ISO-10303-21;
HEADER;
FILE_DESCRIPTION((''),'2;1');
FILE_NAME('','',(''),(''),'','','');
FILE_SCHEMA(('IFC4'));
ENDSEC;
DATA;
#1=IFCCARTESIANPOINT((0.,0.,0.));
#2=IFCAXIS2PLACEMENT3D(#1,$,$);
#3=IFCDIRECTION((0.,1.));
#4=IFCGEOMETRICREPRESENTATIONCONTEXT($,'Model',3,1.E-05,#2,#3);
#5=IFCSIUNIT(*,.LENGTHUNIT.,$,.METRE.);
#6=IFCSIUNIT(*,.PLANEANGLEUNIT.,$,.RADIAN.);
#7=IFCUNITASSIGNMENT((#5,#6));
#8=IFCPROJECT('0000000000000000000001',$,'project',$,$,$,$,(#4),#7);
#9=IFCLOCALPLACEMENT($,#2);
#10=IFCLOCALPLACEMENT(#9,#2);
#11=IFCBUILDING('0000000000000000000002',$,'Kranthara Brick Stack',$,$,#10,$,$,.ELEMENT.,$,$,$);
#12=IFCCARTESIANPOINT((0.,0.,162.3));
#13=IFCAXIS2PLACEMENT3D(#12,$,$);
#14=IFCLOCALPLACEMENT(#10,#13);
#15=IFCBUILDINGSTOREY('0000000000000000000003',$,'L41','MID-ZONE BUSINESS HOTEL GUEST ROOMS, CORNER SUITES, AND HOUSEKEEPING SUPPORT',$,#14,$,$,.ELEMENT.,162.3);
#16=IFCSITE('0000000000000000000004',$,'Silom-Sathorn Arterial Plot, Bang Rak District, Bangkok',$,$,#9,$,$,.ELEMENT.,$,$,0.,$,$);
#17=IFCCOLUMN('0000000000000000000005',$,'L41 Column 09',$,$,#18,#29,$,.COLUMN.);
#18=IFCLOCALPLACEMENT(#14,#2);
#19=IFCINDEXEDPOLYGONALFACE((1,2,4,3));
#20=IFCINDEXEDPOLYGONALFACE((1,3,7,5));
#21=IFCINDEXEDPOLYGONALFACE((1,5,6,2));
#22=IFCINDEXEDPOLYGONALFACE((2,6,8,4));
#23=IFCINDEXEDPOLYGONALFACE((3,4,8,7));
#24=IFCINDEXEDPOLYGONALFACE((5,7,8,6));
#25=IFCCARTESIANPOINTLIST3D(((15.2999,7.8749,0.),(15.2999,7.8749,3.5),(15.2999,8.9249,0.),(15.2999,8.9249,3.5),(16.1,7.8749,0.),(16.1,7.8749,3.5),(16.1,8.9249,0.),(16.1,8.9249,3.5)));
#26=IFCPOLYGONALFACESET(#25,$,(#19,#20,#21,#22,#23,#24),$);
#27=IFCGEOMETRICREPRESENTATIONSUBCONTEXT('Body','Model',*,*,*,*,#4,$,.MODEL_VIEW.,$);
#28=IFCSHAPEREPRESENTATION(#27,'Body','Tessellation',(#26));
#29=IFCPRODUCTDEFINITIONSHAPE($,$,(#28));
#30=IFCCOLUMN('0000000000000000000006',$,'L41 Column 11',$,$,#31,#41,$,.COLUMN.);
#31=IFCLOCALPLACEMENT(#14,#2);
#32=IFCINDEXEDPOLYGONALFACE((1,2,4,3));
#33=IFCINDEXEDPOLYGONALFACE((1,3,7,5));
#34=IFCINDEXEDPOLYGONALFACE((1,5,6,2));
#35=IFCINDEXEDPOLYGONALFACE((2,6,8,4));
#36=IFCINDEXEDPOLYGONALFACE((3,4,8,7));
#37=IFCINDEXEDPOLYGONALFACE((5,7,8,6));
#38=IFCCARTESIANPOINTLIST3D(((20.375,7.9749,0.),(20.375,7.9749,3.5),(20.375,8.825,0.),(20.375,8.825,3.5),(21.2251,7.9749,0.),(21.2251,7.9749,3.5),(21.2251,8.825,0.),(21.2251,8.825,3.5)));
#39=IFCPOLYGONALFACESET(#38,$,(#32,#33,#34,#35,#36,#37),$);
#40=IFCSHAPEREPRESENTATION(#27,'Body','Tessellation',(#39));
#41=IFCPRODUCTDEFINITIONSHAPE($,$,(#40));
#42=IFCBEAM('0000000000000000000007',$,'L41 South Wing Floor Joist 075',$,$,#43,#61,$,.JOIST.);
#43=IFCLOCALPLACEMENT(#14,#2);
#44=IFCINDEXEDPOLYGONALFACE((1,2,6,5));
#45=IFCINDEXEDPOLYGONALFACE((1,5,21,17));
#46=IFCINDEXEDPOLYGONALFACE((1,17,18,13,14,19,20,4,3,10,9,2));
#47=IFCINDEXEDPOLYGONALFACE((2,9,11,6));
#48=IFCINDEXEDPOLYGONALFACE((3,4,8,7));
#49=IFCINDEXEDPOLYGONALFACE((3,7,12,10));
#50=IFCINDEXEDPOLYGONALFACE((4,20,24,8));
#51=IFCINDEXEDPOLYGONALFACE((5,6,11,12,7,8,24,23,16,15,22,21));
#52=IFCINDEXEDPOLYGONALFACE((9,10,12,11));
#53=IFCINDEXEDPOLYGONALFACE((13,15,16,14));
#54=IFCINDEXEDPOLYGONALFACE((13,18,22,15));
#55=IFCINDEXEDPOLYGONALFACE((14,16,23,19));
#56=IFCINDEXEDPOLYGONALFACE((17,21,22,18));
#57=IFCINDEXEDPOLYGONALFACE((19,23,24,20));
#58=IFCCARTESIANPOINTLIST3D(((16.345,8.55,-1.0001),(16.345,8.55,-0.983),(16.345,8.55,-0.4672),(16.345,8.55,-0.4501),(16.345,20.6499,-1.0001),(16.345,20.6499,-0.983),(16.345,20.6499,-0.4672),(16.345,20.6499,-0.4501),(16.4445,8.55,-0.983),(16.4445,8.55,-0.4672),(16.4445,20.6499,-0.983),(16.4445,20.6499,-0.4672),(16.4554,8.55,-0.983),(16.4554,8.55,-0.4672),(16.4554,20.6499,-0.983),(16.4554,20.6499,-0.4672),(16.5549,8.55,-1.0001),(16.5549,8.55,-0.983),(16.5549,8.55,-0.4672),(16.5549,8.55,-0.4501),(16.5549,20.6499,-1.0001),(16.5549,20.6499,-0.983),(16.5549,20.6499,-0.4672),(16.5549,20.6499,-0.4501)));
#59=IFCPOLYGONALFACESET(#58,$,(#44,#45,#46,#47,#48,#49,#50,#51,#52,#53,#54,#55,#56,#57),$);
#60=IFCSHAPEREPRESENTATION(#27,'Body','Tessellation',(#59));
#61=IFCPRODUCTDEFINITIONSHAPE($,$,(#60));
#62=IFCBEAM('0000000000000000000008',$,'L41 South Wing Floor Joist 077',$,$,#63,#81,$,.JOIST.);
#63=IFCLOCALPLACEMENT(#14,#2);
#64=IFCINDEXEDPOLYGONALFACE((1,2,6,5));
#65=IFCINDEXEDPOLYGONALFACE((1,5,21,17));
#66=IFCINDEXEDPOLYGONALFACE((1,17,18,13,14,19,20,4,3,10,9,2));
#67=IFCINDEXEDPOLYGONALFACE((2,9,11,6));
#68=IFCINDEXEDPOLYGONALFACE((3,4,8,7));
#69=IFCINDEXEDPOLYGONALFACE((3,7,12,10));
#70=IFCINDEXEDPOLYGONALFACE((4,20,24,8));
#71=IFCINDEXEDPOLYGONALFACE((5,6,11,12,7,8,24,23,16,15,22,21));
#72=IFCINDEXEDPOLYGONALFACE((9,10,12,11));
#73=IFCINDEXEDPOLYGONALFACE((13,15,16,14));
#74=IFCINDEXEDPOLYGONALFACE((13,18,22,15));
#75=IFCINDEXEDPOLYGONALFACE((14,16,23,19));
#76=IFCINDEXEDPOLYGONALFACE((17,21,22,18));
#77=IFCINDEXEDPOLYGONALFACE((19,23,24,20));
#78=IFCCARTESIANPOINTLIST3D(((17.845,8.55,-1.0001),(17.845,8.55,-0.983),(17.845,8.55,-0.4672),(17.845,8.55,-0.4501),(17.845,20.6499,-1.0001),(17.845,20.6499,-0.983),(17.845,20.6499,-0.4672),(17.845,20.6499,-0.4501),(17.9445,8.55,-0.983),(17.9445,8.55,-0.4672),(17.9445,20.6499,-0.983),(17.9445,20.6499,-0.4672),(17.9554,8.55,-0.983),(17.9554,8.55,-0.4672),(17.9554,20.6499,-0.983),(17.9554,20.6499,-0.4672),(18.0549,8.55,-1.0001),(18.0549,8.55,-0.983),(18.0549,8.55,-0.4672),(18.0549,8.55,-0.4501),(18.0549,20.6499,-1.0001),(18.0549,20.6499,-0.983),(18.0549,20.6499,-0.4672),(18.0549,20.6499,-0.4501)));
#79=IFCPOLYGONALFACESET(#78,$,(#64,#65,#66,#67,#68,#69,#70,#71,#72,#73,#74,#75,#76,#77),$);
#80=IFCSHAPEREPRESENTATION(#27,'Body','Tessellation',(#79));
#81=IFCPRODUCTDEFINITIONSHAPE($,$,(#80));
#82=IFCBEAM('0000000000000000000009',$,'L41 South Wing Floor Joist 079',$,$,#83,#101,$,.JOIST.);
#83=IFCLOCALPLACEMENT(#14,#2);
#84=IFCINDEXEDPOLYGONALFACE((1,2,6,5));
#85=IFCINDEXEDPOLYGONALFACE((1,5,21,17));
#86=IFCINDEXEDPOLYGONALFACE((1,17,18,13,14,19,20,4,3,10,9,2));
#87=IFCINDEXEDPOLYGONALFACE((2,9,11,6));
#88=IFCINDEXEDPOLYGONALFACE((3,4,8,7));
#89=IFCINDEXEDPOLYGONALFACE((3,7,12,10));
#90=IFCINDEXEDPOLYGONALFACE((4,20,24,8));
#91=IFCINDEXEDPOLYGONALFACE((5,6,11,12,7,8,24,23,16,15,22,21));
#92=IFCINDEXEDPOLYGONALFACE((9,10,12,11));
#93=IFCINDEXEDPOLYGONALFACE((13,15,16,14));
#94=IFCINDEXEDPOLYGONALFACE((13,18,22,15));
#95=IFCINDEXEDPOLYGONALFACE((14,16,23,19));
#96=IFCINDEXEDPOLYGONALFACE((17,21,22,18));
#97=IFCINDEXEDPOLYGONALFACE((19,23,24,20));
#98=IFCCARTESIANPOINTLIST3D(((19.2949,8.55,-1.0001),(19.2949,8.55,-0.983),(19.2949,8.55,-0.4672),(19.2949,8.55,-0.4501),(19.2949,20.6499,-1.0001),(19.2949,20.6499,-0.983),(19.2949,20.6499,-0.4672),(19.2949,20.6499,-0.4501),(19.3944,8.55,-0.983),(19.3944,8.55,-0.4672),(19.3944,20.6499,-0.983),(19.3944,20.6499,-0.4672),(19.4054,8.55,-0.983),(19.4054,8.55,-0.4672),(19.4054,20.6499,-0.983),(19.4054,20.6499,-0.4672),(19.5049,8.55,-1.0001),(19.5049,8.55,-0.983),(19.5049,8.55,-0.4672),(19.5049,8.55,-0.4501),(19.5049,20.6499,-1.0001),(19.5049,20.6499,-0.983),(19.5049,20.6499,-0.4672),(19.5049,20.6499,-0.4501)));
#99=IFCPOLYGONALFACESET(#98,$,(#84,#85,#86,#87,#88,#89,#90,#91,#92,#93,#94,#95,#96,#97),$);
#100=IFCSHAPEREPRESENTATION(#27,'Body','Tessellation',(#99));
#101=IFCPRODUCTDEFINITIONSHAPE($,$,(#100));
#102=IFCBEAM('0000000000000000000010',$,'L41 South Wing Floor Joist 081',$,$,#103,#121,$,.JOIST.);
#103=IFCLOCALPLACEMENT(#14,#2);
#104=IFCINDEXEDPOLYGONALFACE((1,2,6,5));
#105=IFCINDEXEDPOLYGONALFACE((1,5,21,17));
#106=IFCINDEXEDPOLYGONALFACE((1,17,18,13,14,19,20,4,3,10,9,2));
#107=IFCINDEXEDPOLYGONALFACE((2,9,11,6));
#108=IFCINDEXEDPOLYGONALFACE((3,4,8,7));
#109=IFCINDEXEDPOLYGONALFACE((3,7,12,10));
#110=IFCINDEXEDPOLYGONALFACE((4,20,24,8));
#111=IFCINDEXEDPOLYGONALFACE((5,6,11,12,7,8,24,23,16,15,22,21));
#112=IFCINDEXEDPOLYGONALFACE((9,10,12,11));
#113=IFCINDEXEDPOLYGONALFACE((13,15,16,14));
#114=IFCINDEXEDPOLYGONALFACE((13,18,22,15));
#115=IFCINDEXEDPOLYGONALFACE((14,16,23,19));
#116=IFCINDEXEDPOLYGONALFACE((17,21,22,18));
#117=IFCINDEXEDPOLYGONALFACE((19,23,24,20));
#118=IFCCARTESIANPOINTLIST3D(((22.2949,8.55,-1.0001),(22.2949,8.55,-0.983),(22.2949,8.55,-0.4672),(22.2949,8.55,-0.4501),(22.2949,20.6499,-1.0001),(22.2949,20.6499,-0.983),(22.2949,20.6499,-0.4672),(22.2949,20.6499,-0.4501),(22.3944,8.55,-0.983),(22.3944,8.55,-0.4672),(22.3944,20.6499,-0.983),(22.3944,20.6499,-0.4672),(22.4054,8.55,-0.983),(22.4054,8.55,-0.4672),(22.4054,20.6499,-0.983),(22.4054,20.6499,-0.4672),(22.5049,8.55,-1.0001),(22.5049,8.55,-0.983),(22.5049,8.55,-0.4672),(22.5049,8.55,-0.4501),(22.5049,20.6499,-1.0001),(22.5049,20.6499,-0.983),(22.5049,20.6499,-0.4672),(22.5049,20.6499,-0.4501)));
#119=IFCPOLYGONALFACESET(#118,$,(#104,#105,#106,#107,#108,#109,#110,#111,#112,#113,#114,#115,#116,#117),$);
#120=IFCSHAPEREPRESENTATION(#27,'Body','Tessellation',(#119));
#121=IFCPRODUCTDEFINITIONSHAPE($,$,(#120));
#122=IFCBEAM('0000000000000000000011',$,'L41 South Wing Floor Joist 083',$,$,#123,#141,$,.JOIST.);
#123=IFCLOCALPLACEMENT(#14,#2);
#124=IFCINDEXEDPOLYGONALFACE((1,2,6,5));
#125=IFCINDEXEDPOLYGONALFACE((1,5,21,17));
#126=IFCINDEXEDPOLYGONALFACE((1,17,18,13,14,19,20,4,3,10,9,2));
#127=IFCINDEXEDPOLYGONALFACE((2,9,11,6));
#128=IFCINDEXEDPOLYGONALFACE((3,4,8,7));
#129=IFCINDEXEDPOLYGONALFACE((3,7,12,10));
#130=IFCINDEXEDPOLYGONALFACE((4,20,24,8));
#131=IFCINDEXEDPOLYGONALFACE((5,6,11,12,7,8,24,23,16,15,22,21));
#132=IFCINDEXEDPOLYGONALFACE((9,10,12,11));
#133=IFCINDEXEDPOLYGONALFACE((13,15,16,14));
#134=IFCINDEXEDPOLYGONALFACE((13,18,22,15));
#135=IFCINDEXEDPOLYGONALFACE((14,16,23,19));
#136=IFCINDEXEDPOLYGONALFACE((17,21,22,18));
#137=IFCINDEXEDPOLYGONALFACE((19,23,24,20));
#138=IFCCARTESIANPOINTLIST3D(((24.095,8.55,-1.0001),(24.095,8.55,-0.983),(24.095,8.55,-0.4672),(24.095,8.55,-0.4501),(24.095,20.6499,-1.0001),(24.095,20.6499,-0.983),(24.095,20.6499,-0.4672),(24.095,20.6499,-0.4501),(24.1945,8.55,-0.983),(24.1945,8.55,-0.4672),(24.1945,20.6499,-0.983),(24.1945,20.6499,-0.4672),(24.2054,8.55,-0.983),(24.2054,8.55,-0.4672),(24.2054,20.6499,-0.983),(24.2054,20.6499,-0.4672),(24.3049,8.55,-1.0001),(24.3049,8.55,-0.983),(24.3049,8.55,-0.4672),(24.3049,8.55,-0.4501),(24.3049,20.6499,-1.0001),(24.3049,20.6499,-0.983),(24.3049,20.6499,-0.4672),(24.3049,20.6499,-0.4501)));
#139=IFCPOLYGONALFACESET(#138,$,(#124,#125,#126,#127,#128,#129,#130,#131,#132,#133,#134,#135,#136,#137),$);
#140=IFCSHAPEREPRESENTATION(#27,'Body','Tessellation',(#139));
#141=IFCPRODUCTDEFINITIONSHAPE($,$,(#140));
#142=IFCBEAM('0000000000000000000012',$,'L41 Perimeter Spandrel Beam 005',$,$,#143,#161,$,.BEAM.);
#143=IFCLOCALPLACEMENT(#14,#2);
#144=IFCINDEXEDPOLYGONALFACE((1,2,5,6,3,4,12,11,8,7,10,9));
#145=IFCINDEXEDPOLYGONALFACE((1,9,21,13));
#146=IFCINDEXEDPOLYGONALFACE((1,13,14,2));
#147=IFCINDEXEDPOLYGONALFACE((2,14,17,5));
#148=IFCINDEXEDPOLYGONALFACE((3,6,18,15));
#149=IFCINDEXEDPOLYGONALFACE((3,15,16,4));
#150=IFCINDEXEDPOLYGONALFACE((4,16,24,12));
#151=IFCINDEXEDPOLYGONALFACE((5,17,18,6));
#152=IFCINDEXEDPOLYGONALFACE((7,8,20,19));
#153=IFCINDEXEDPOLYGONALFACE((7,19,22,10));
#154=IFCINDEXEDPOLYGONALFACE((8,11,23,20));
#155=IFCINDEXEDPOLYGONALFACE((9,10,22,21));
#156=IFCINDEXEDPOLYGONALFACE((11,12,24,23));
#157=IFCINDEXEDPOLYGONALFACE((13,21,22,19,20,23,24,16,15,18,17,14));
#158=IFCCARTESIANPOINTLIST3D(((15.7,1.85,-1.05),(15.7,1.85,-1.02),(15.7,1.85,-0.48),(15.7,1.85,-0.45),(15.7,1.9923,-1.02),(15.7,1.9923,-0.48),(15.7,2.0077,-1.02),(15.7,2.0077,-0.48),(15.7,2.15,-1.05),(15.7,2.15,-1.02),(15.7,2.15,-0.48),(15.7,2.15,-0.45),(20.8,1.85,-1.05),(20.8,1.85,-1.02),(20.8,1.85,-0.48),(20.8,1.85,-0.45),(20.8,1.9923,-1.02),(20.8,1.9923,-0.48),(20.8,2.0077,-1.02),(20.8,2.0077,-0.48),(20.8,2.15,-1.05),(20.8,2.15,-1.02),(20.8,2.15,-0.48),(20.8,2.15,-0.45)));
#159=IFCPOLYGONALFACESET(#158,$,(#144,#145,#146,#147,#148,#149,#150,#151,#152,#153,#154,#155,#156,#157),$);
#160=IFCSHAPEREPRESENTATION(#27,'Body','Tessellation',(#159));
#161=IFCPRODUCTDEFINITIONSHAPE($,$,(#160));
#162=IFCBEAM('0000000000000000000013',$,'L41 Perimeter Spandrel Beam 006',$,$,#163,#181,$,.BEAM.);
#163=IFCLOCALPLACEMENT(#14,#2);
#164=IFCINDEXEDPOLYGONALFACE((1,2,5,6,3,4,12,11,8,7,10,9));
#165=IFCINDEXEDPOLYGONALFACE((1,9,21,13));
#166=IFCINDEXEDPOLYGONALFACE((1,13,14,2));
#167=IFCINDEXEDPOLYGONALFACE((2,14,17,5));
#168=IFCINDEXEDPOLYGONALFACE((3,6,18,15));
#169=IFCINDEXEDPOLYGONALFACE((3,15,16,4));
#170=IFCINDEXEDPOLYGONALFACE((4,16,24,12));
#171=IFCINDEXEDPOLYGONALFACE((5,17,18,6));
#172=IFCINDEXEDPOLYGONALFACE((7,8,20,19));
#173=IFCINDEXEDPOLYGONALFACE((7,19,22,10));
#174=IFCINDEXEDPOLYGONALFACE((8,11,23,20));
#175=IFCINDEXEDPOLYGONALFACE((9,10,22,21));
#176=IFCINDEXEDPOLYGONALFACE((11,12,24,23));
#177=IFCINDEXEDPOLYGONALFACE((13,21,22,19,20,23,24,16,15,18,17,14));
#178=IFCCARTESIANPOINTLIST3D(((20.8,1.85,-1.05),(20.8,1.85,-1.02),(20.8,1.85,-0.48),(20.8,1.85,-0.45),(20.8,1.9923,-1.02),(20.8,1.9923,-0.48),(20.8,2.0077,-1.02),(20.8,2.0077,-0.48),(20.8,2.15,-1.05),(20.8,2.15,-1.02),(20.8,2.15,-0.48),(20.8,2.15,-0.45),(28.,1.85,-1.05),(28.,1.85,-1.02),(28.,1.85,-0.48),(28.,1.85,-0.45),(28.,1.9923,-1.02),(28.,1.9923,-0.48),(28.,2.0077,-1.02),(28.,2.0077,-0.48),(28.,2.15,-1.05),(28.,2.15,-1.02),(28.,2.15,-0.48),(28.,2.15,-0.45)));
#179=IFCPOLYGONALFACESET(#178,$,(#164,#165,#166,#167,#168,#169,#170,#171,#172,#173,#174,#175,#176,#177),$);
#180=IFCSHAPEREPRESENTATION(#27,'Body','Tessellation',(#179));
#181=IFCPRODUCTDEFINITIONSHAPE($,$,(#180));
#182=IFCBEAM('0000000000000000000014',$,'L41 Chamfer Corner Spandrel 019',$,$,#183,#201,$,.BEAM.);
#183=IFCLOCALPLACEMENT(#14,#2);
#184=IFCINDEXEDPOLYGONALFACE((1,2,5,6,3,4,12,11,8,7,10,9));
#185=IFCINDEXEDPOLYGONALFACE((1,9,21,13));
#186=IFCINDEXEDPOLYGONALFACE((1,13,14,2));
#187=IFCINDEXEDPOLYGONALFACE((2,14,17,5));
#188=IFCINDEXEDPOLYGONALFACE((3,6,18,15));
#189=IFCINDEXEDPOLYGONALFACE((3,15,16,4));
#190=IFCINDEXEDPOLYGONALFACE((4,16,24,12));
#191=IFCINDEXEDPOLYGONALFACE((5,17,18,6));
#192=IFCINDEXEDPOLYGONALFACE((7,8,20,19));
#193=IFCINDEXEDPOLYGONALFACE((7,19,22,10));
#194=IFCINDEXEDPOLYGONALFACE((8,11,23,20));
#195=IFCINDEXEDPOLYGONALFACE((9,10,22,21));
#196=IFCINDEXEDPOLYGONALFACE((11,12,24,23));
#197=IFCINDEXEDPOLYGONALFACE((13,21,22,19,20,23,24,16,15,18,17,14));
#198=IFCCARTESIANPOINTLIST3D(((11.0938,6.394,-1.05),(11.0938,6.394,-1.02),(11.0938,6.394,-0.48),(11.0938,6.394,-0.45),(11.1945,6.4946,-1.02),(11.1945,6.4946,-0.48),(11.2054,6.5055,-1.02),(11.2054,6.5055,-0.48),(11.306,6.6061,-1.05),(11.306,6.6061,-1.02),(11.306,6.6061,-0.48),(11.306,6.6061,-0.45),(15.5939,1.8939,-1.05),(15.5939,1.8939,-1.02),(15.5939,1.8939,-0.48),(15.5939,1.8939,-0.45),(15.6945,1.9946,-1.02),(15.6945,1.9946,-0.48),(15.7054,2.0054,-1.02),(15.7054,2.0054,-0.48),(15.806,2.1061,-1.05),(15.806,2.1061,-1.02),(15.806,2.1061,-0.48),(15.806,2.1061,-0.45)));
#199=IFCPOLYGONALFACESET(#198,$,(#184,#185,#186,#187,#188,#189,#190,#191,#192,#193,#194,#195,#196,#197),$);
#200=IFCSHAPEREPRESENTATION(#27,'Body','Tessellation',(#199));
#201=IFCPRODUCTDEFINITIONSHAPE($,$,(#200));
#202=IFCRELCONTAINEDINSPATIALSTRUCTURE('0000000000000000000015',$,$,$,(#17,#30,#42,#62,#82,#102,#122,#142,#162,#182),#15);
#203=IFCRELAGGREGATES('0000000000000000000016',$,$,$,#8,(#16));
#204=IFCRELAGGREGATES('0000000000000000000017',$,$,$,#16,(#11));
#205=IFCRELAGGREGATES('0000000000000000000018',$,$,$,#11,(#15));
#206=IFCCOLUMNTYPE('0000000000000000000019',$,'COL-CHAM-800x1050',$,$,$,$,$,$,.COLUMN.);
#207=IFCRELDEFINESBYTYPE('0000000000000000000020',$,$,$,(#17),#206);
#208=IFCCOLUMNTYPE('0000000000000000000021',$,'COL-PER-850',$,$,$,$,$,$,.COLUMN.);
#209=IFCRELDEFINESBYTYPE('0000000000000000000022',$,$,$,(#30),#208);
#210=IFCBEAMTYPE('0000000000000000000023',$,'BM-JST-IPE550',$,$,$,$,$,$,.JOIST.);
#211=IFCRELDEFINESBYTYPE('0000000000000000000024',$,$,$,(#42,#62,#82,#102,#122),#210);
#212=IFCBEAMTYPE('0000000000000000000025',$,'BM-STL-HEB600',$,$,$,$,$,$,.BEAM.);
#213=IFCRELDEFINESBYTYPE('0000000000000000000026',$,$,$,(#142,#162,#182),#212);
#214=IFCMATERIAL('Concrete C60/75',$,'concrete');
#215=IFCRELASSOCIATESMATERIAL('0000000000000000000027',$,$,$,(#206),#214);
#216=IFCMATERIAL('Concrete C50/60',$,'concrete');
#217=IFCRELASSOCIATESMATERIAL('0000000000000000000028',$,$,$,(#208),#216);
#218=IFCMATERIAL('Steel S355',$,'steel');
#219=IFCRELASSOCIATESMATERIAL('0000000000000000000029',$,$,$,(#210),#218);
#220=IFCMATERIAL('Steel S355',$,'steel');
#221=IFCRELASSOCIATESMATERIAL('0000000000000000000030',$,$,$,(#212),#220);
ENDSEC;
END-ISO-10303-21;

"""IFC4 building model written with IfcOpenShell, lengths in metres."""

from ifc_helpers import new_model, si_unit, direction, frame, origin, origin_2d, place, context, subcontext, project, spatial, rectangle, i_section, extrude, material, material_profile, profile_set, type_object, element, save


model = new_model("IFC4")

# Units and contexts
model_context = context("Model", 3, precision=1e-05, world=origin(), true_north=direction((0.0, 1.0)))
body_context = subcontext(model_context, "Body", "Model", "MODEL_VIEW")
ifc_project = project(units=[si_unit("LENGTHUNIT", "METRE"), si_unit("PLANEANGLEUNIT", "RADIAN")], contexts=[model_context])

# Site, building, storey
site_placement = place(None, origin())
site = spatial("IfcSite", under=ifc_project, at=site_placement, Name="Silom-Sathorn Arterial Plot, Bang Rak District, Bangkok", CompositionType="ELEMENT", RefElevation=0.0)
building_placement = place(site_placement, origin())
building = spatial("IfcBuilding", under=site, at=building_placement, Name="Kranthara Brick Stack", CompositionType="ELEMENT")
storey_placement = place(building_placement, frame((0.0, 0.0, 162.3)))
storey = spatial("IfcBuildingStorey", under=building, at=storey_placement, Name="L41", Description="MID-ZONE BUSINESS HOTEL GUEST ROOMS, CORNER SUITES, AND HOUSEKEEPING SUPPORT", CompositionType="ELEMENT", Elevation=162.3)

# Columns
ifc_material_1 = material(Name="Concrete C60/75", Category="concrete")
ifc_material_profile_1 = material_profile(ifc_material_1, rectangle(XDim=0.8, YDim=1.05, at=origin_2d()), Name="RC 800x1050")
ifc_profile_set_1 = profile_set([ifc_material_profile_1], Name="Concrete C60/75")
column_type_1 = type_object("IfcColumnType", Name="COL-CHAM-800x1050", PredefinedType="COLUMN", material=ifc_profile_set_1)
column_1_placement = place(storey_placement, frame((15.7, 8.3999, 0.0), z_axis=(0.0, 0.0, 1.0), x_axis=(1.0, 0.0, 0.0)))
element("IfcColumn", 1, at=column_1_placement, inside=storey, type_object=column_type_1, Name="L41 Column 09", PredefinedType="COLUMN", context=body_context, shape_type="SweptSolid", body=[
    extrude(rectangle(XDim=0.8, YDim=1.05, at=origin_2d()), origin(), (0.0, 0.0, 1.0), 3.5),
])
ifc_material_2 = material(Name="Concrete C50/60", Category="concrete")
ifc_material_profile_2 = material_profile(ifc_material_2, rectangle(XDim=0.8501, YDim=0.8501, at=origin_2d()), Name="RC 850x850")
ifc_profile_set_2 = profile_set([ifc_material_profile_2], Name="Concrete C50/60")
column_type_2 = type_object("IfcColumnType", Name="COL-PER-850", PredefinedType="COLUMN", material=ifc_profile_set_2)
column_2_placement = place(storey_placement, frame((20.8, 8.3999, 0.0), z_axis=(0.0, 0.0, 1.0), x_axis=(1.0, 0.0, 0.0)))
element("IfcColumn", 2, at=column_2_placement, inside=storey, type_object=column_type_2, Name="L41 Column 11", PredefinedType="COLUMN", context=body_context, shape_type="SweptSolid", body=[
    extrude(rectangle(XDim=0.8501, YDim=0.8501, at=origin_2d()), origin(), (0.0, 0.0, 1.0), 3.5),
])

# Beams
ifc_material_3 = material(Name="Steel S355", Category="steel")
ifc_material_profile_3 = material_profile(ifc_material_3, i_section(OverallWidth=0.21, OverallDepth=0.55, WebThickness=0.011, FlangeThickness=0.0171, at=origin_2d()), Name="IPE 550")
ifc_profile_set_3 = profile_set([ifc_material_profile_3], Name="Steel S355")
beam_type_1 = type_object("IfcBeamType", Name="BM-JST-IPE550", PredefinedType="JOIST", material=ifc_profile_set_3)
for number, where, z_axis, x_axis, name in (
    (3, (16.45, 8.55, -0.7251), (0.0, 1.0, 0.0), (-1.0, 0.0, 0.0), "L41 South Wing Floor Joist 075"),
    (4, (17.95, 8.55, -0.7251), (0.0, 1.0, 0.0), (-1.0, 0.0, 0.0), "L41 South Wing Floor Joist 077"),
    (5, (19.3999, 8.55, -0.7251), (0.0, 1.0, 0.0), (-1.0, 0.0, 0.0), "L41 South Wing Floor Joist 079"),
    (6, (22.3999, 8.55, -0.7251), (0.0, 1.0, 0.0), (-1.0, 0.0, 0.0), "L41 South Wing Floor Joist 081"),
    (7, (24.2, 8.55, -0.7251), (0.0, 1.0, 0.0), (-1.0, 0.0, 0.0), "L41 South Wing Floor Joist 083"),
):
    element("IfcBeam", number, at=place(storey_placement, frame(where, z_axis=z_axis, x_axis=x_axis)), inside=storey, type_object=beam_type_1, Name=name, PredefinedType="JOIST", context=body_context, shape_type="SweptSolid", body=[
        extrude(i_section(OverallWidth=0.21, OverallDepth=0.55, WebThickness=0.011, FlangeThickness=0.0171, at=origin_2d()), origin(), (0.0, 0.0, 1.0), 12.0999),
    ])
ifc_material_4 = material(Name="Steel S355", Category="steel")
ifc_material_profile_4 = material_profile(ifc_material_4, i_section(OverallWidth=0.3, OverallDepth=0.6001, WebThickness=0.0154, FlangeThickness=0.03, at=origin_2d()), Name="HEB 600")
ifc_profile_set_4 = profile_set([ifc_material_profile_4], Name="Steel S355")
beam_type_2 = type_object("IfcBeamType", Name="BM-STL-HEB600", PredefinedType="BEAM", material=ifc_profile_set_4)
beam_1_placement = place(storey_placement, frame((15.7, 2.0, -0.75), z_axis=(1.0, 0.0, 0.0), x_axis=(0.0, 1.0, 0.0)))
element("IfcBeam", 8, at=beam_1_placement, inside=storey, type_object=beam_type_2, Name="L41 Perimeter Spandrel Beam 005", PredefinedType="BEAM", context=body_context, shape_type="SweptSolid", body=[
    extrude(i_section(OverallWidth=0.3, OverallDepth=0.6001, WebThickness=0.0154, FlangeThickness=0.03, at=origin_2d()), origin(), (0.0, 0.0, 1.0), 5.1001),
])
beam_2_placement = place(storey_placement, frame((20.8, 2.0, -0.75), z_axis=(1.0, 0.0, 0.0), x_axis=(0.0, 1.0, 0.0)))
element("IfcBeam", 9, at=beam_2_placement, inside=storey, type_object=beam_type_2, Name="L41 Perimeter Spandrel Beam 006", PredefinedType="BEAM", context=body_context, shape_type="SweptSolid", body=[
    extrude(i_section(OverallWidth=0.3, OverallDepth=0.6001, WebThickness=0.0154, FlangeThickness=0.03, at=origin_2d()), origin(), (0.0, 0.0, 1.0), 7.2),
])
beam_3_placement = place(storey_placement, frame((15.7, 2.0, -0.75), z_axis=(-0.707107, 0.707107, 0.0), x_axis=(-0.707107, -0.707107, 0.0)))
element("IfcBeam", 10, at=beam_3_placement, inside=storey, type_object=beam_type_2, Name="L41 Chamfer Corner Spandrel 019", PredefinedType="BEAM", context=body_context, shape_type="SweptSolid", body=[
    extrude(i_section(OverallWidth=0.3, OverallDepth=0.6001, WebThickness=0.0154, FlangeThickness=0.03, at=origin_2d()), origin(), (0.0, 0.0, 1.0), 6.364),
])

save(model, "model.ifc")
